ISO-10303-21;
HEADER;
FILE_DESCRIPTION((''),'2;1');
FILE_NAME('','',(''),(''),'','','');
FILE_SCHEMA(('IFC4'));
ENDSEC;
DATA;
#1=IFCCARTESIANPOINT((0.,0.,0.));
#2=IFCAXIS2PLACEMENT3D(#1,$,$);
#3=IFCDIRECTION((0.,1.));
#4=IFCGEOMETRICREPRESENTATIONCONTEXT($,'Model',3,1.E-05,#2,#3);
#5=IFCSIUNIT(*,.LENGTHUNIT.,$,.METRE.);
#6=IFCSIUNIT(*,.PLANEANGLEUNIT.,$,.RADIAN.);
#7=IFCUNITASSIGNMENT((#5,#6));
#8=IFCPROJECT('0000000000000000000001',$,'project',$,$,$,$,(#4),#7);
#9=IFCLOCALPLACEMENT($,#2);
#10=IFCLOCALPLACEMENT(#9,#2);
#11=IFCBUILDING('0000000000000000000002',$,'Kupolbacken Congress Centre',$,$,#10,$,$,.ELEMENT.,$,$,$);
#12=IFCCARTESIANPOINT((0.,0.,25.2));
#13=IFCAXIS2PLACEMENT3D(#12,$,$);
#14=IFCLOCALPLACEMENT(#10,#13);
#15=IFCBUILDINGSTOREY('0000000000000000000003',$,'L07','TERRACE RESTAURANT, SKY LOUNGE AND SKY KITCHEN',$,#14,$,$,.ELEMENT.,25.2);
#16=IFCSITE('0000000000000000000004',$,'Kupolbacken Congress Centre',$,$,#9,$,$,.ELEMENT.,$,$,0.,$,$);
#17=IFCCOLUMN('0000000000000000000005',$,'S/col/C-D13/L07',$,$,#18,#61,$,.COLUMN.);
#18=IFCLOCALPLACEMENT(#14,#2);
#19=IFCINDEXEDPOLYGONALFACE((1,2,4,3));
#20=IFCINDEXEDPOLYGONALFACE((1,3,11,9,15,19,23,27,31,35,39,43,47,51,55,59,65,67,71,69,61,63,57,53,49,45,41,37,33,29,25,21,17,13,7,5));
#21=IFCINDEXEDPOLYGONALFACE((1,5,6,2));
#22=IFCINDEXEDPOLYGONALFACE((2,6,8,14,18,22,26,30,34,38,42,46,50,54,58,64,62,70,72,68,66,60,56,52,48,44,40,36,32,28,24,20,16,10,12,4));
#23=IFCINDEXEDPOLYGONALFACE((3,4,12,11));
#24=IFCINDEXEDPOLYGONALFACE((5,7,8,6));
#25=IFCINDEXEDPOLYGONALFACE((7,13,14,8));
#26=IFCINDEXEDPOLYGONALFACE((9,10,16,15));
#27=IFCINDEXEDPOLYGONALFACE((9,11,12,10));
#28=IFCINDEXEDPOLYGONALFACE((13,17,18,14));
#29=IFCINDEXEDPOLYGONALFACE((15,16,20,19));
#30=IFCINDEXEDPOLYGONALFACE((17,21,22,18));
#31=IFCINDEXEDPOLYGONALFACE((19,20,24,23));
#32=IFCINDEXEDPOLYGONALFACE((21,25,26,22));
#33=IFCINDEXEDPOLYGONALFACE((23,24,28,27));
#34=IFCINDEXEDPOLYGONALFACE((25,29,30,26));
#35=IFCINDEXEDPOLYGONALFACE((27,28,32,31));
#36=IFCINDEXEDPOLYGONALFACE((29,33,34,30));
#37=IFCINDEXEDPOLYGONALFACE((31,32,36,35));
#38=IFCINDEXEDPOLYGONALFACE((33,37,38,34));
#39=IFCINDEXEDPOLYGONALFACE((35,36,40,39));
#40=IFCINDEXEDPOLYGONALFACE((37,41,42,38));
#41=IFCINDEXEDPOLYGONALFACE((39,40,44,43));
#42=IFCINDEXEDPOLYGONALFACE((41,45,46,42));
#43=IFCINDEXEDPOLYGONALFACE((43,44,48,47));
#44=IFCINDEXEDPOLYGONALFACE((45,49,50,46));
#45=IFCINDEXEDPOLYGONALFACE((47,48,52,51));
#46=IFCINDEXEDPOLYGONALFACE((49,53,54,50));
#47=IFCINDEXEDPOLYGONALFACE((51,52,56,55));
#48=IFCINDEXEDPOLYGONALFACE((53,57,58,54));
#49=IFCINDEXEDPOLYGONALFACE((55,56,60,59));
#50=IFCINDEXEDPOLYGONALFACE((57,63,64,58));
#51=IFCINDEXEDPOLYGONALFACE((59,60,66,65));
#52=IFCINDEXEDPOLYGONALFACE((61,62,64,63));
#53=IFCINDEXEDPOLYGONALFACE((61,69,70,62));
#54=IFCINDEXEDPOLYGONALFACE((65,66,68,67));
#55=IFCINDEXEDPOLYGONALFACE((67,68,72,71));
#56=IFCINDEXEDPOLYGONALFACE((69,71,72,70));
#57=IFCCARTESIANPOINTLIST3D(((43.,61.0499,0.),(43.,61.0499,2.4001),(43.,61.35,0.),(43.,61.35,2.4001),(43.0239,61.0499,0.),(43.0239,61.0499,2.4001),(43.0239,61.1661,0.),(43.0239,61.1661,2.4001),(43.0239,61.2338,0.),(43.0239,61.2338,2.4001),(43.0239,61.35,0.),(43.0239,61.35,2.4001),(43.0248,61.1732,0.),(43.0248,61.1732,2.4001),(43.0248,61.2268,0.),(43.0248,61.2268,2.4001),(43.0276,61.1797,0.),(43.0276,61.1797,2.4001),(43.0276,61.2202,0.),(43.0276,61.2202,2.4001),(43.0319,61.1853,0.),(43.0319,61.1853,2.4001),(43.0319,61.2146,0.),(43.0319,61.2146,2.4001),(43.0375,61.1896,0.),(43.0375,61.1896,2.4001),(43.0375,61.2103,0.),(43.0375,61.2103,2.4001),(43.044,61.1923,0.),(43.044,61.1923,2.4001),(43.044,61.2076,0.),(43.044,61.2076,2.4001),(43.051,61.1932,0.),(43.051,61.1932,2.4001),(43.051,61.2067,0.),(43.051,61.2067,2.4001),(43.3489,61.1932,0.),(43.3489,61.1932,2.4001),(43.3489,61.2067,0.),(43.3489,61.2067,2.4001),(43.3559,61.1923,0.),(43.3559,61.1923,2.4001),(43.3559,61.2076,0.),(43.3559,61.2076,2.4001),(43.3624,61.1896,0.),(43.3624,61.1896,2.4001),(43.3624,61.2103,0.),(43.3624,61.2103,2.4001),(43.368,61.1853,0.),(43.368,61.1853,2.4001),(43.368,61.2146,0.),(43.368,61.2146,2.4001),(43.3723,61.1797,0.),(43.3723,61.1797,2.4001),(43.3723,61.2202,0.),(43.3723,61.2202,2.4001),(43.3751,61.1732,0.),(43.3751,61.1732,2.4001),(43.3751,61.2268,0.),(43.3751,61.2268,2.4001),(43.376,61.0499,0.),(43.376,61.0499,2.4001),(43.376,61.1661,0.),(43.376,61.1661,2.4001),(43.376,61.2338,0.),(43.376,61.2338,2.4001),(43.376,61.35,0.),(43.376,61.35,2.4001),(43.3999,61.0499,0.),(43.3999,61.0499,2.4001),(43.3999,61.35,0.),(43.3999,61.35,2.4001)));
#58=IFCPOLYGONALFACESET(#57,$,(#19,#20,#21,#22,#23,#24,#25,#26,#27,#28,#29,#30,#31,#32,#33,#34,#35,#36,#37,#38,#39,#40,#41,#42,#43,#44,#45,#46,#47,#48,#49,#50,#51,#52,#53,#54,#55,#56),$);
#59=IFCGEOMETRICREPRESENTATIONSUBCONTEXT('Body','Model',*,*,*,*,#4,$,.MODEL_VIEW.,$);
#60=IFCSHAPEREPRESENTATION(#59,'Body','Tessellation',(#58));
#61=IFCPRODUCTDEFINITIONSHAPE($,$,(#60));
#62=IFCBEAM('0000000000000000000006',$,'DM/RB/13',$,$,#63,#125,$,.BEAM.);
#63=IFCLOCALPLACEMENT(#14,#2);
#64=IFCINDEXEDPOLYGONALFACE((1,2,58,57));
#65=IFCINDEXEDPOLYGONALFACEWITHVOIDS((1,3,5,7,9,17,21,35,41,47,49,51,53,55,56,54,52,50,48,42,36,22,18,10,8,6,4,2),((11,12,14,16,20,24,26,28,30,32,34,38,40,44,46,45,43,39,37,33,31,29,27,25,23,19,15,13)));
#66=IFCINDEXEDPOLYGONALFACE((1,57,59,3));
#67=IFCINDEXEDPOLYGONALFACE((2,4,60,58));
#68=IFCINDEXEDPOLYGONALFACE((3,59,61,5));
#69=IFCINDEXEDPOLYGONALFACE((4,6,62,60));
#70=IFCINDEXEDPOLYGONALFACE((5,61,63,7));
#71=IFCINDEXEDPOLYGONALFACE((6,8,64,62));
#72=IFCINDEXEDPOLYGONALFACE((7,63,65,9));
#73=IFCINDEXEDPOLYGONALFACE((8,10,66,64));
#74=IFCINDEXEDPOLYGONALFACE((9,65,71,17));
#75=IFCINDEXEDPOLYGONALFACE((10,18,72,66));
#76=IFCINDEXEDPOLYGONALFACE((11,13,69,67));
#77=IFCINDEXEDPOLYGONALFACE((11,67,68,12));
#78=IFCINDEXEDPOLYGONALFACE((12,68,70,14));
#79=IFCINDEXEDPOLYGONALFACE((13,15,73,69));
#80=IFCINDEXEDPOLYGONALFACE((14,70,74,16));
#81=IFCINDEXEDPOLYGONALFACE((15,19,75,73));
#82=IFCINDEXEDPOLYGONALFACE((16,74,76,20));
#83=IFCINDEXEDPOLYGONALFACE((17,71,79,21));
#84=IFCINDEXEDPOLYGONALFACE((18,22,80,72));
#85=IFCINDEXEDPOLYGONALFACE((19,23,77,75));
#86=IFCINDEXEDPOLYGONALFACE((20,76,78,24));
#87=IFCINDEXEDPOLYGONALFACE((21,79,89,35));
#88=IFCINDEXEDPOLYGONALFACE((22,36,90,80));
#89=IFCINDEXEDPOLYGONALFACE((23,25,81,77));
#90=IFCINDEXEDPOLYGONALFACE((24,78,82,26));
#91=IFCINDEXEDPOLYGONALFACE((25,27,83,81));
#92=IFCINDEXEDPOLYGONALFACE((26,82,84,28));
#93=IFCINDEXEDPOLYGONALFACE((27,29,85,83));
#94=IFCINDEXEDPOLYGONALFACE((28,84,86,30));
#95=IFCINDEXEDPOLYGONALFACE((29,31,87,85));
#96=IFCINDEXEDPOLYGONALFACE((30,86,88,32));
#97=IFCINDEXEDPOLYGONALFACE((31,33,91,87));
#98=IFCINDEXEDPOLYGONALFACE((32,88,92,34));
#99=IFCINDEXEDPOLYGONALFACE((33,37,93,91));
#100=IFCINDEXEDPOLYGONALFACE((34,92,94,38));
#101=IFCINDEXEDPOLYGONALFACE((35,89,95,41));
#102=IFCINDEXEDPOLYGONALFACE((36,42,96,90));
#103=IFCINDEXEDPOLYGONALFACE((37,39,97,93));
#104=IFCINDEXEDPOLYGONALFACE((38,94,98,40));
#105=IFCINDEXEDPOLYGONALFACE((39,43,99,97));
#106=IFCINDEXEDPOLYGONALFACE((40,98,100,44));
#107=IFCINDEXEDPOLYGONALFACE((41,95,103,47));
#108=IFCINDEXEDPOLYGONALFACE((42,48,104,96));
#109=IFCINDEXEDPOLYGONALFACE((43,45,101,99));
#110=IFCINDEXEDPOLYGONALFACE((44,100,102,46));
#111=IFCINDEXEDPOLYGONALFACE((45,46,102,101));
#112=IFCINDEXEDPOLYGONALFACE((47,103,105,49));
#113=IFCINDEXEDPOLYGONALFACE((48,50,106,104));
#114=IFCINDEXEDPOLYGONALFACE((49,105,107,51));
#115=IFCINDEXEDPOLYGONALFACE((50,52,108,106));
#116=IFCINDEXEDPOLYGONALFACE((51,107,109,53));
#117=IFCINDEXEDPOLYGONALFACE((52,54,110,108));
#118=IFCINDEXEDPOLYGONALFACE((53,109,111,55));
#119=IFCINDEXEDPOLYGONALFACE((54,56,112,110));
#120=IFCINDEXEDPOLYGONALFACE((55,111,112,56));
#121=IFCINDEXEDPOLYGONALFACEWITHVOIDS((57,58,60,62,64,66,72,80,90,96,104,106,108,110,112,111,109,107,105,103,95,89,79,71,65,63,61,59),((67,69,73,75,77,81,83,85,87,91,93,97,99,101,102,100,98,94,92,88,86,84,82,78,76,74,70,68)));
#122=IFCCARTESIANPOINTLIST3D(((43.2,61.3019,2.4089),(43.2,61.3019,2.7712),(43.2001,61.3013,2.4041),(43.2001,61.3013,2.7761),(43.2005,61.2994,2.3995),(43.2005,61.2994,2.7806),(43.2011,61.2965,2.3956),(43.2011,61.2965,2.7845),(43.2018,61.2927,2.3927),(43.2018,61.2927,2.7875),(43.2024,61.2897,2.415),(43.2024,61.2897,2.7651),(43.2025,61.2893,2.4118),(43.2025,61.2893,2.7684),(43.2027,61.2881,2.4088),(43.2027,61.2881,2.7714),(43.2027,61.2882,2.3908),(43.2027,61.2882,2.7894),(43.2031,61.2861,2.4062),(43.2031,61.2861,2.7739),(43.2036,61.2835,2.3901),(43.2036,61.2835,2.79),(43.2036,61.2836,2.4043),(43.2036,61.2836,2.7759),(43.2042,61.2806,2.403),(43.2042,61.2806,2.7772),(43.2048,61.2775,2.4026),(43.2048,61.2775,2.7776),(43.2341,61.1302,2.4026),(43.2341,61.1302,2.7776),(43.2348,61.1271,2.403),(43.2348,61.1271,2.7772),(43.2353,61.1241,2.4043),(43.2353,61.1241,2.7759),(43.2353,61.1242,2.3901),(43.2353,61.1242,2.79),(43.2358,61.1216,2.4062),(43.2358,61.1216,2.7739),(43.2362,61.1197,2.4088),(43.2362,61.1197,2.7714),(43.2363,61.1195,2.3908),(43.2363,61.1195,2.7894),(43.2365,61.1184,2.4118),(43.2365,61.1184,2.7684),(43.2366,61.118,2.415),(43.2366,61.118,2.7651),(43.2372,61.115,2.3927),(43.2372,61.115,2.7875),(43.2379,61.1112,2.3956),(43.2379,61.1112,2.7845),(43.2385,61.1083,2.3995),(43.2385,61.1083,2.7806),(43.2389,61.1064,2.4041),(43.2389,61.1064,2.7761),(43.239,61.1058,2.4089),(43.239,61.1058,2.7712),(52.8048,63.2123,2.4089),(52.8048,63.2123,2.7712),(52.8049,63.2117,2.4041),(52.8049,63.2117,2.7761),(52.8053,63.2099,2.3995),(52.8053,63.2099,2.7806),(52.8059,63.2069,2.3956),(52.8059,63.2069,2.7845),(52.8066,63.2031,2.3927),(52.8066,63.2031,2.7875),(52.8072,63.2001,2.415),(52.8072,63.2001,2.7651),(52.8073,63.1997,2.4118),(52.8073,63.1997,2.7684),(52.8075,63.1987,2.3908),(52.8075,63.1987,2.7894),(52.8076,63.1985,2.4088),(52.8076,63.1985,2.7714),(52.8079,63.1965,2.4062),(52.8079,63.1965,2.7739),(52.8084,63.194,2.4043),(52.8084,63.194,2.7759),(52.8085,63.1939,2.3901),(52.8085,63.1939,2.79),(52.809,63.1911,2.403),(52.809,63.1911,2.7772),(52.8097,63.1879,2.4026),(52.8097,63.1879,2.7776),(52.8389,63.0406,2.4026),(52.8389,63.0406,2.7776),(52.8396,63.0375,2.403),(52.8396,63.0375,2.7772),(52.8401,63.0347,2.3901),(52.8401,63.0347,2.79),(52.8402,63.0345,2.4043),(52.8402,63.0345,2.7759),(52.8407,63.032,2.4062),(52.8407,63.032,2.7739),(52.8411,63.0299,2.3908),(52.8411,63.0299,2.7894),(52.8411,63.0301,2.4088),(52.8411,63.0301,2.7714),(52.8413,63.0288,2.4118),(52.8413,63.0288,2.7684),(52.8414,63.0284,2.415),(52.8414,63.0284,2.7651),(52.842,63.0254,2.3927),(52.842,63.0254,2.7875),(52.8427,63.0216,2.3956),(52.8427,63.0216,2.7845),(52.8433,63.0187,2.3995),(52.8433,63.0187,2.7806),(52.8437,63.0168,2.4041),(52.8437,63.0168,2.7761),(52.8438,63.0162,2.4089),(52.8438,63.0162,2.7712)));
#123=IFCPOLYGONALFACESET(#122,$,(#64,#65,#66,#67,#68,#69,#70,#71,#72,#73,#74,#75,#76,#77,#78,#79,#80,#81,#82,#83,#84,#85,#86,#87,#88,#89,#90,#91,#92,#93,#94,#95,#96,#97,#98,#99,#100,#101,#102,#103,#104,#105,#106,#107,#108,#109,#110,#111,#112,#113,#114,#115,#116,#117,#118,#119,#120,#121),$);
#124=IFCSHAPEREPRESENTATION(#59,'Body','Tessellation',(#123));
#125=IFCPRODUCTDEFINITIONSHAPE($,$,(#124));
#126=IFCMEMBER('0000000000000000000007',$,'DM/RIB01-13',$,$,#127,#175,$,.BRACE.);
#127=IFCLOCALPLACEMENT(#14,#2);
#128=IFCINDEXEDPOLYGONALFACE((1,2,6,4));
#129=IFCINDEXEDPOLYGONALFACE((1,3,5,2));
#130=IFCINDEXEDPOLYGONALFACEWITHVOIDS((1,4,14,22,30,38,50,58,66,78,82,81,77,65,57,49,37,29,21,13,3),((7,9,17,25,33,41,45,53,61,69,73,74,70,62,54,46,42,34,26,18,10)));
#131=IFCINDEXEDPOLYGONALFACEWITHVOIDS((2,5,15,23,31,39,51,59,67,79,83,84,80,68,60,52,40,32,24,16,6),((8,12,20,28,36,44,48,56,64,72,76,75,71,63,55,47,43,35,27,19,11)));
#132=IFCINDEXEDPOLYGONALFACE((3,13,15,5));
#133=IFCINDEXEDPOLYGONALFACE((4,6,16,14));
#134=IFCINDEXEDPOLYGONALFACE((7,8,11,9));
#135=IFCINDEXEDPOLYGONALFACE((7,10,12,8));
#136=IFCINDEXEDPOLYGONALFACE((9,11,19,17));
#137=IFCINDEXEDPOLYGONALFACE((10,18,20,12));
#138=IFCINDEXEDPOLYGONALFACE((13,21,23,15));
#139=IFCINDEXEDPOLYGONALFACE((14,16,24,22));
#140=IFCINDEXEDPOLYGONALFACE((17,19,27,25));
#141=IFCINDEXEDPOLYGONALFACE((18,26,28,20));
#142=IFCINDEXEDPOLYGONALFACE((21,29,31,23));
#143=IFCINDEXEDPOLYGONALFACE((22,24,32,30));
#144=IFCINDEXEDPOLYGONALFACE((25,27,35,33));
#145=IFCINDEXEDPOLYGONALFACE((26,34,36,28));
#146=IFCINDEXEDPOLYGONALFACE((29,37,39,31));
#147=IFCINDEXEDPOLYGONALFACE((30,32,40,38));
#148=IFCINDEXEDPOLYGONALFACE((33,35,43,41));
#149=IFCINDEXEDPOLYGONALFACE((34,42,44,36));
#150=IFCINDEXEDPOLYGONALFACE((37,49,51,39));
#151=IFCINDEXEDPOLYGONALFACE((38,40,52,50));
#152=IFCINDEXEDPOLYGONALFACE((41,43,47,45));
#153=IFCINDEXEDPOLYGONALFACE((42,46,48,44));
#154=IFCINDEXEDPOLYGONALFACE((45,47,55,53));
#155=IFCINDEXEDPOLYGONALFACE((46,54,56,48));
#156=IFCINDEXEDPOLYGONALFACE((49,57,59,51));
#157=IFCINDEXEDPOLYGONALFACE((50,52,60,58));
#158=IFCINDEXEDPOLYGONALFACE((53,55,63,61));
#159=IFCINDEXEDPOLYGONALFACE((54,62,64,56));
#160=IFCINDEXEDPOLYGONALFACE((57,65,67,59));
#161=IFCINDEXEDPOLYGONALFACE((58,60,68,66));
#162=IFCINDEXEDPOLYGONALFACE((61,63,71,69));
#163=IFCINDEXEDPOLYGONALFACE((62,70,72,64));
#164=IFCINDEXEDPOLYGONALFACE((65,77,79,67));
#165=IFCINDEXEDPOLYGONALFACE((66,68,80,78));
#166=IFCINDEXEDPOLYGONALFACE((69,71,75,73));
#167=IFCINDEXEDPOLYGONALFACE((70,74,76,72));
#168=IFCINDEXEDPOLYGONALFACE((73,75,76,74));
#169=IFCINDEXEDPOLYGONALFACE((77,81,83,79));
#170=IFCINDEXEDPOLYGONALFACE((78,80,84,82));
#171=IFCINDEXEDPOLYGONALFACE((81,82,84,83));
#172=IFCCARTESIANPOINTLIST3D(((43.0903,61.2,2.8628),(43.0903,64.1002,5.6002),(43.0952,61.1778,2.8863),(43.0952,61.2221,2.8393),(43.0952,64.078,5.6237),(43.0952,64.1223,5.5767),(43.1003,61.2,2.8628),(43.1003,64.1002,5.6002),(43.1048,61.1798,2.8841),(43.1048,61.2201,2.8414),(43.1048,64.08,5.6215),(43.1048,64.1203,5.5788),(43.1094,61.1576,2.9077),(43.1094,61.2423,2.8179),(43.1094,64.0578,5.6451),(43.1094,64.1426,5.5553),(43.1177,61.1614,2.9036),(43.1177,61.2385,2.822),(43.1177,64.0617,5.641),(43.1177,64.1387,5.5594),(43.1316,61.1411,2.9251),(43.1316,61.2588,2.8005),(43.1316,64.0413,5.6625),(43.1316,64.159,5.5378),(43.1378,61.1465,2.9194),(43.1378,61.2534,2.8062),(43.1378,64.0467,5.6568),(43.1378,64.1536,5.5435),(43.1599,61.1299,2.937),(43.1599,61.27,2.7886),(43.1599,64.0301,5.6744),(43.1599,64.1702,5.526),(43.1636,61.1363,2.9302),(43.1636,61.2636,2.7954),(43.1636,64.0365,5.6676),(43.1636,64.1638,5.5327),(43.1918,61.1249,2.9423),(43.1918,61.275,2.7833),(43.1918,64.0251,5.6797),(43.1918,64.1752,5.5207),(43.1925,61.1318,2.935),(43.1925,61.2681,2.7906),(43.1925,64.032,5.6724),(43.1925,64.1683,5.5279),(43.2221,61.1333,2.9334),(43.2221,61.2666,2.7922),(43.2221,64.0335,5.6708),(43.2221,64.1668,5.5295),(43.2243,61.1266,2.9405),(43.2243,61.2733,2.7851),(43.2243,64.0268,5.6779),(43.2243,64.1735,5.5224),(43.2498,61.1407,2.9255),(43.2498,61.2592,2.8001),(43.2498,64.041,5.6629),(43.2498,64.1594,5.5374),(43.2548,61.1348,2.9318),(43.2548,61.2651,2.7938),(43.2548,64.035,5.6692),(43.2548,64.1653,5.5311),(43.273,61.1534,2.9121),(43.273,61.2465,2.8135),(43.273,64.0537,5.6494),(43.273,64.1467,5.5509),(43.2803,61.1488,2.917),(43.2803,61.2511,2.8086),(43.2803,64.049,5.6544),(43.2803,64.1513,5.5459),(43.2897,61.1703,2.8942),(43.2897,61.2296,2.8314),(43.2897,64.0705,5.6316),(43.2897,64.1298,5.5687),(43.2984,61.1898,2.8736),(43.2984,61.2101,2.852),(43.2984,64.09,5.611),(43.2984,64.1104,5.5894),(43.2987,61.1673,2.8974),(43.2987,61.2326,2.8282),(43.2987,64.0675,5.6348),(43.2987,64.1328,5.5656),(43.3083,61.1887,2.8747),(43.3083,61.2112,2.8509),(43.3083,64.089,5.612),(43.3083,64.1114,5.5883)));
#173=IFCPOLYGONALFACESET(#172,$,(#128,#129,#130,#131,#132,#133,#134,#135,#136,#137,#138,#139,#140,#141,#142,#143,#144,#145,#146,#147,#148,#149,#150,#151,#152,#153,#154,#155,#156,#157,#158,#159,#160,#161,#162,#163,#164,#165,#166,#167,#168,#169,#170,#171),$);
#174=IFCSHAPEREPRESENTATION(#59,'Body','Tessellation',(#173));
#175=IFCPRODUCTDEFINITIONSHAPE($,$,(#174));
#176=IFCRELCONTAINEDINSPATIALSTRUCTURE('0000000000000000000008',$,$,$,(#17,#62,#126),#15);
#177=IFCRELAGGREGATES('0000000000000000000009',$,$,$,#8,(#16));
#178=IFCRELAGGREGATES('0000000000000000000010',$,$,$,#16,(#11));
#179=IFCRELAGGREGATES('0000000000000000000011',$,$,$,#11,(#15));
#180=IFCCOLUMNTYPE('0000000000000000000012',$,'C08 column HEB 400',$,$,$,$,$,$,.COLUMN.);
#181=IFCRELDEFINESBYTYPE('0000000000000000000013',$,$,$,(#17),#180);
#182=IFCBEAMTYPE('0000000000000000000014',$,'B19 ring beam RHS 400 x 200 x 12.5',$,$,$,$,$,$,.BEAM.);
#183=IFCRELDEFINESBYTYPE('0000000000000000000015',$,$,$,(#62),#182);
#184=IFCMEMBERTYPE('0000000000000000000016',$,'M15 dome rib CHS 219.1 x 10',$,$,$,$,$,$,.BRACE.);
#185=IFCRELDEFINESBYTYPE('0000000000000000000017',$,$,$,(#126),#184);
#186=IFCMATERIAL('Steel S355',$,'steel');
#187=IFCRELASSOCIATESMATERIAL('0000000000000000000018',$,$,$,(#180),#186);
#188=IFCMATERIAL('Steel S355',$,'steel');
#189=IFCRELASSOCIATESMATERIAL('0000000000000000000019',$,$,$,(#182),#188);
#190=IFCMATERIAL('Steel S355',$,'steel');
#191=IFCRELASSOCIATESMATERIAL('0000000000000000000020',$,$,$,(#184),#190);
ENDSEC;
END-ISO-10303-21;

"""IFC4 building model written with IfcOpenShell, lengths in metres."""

from ifc_helpers import new_model, si_unit, direction, frame, origin, origin_2d, place, context, subcontext, project, spatial, hollow_rectangle, hollow_circle, i_section, extrude, material, material_profile, profile_set, type_object, element, save


model = new_model("IFC4")

# Units and contexts
model_context = context("Model", 3, precision=1e-05, world=origin(), true_north=direction((0.0, 1.0)))
body_context = subcontext(model_context, "Body", "Model", "MODEL_VIEW")
ifc_project = project(units=[si_unit("LENGTHUNIT", "METRE"), si_unit("PLANEANGLEUNIT", "RADIAN")], contexts=[model_context])

# Site, building, storey
site_placement = place(None, origin())
site = spatial("IfcSite", under=ifc_project, at=site_placement, Name="Kupolbacken Congress Centre", CompositionType="ELEMENT", RefElevation=0.0)
building_placement = place(site_placement, origin())
building = spatial("IfcBuilding", under=site, at=building_placement, Name="Kupolbacken Congress Centre", CompositionType="ELEMENT")
storey_placement = place(building_placement, frame((0.0, 0.0, 25.2)))
storey = spatial("IfcBuildingStorey", under=building, at=storey_placement, Name="L07", Description="TERRACE RESTAURANT, SKY LOUNGE AND SKY KITCHEN", CompositionType="ELEMENT", Elevation=25.2)

# Column
ifc_material_1 = material(Name="Steel S355", Category="steel")
ifc_material_profile_1 = material_profile(ifc_material_1, i_section(OverallWidth=0.3, OverallDepth=0.3999, WebThickness=0.0134, FlangeThickness=0.0239, FilletRadius=0.0271, at=origin_2d()), Name="HEB 400")
ifc_profile_set_1 = profile_set([ifc_material_profile_1], Name="Steel S355")
column_type = type_object("IfcColumnType", Name="C08 column HEB 400", PredefinedType="COLUMN", material=ifc_profile_set_1)
column_placement = place(storey_placement, frame((43.2, 61.2, 0.0), z_axis=(0.0, 0.0, 1.0), x_axis=(0.0, -1.0, 0.0)))
element("IfcColumn", 1, at=column_placement, inside=storey, type_object=column_type, Name="S/col/C-D13/L07", PredefinedType="COLUMN", context=body_context, shape_type="SweptSolid", body=[
    extrude(i_section(OverallWidth=0.3, OverallDepth=0.3999, WebThickness=0.0134, FlangeThickness=0.0239, FilletRadius=0.0271, at=origin_2d()), origin(), (0.0, 0.0, 1.0), 2.4001),
])

# Beam
ifc_material_2 = material(Name="Steel S355", Category="steel")
ifc_material_profile_2 = material_profile(ifc_material_2, hollow_rectangle(XDim=0.2, YDim=0.3999, WallThickness=0.0125, InnerFilletRadius=0.0125, OuterFilletRadius=0.0188, at=origin_2d()), Name="RHS 400 x 200 x 12.5")
ifc_profile_set_2 = profile_set([ifc_material_profile_2], Name="Steel S355")
beam_type = type_object("IfcBeamType", Name="B19 ring beam RHS 400 x 200 x 12.5", PredefinedType="BEAM", material=ifc_profile_set_2)
beam_placement = place(storey_placement, frame((43.2195, 61.2039, 2.5901), z_axis=(0.980787, 0.19508, 0.0), x_axis=(-0.19508, 0.980787, 0.0)))
element("IfcBeam", 2, at=beam_placement, inside=storey, type_object=beam_type, Name="DM/RB/13", PredefinedType="BEAM", context=body_context, shape_type="SweptSolid", body=[
    extrude(hollow_rectangle(XDim=0.2, YDim=0.3999, WallThickness=0.0125, InnerFilletRadius=0.0125, OuterFilletRadius=0.0188, at=origin_2d()), origin(), (0.0, 0.0, 1.0), 9.793),
])

# Member
ifc_material_3 = material(Name="Steel S355", Category="steel")
ifc_material_profile_3 = material_profile(ifc_material_3, hollow_circle(Radius=0.1096, WallThickness=0.01, at=origin_2d()), Name="CHS 219.1 x 10")
ifc_profile_set_3 = profile_set([ifc_material_profile_3], Name="Steel S355")
member_type_1 = type_object("IfcMemberType", Name="M15 dome rib CHS 219.1 x 10", PredefinedType="BRACE", material=ifc_profile_set_3)
member_1_placement = place(storey_placement, frame((43.2, 61.2, 2.8628), z_axis=(0.0, 0.727229, 0.686395), x_axis=(-1.0, 0.0, 0.0)))
element("IfcMember", 3, at=member_1_placement, inside=storey, type_object=member_type_1, Name="DM/RIB01-13", PredefinedType="BRACE", context=body_context, shape_type="SweptSolid", body=[
    extrude(hollow_circle(Radius=0.1096, WallThickness=0.01, at=origin_2d()), origin(), (0.0, 0.0, 1.0), 3.988),
])

save(model, "model.ifc")
